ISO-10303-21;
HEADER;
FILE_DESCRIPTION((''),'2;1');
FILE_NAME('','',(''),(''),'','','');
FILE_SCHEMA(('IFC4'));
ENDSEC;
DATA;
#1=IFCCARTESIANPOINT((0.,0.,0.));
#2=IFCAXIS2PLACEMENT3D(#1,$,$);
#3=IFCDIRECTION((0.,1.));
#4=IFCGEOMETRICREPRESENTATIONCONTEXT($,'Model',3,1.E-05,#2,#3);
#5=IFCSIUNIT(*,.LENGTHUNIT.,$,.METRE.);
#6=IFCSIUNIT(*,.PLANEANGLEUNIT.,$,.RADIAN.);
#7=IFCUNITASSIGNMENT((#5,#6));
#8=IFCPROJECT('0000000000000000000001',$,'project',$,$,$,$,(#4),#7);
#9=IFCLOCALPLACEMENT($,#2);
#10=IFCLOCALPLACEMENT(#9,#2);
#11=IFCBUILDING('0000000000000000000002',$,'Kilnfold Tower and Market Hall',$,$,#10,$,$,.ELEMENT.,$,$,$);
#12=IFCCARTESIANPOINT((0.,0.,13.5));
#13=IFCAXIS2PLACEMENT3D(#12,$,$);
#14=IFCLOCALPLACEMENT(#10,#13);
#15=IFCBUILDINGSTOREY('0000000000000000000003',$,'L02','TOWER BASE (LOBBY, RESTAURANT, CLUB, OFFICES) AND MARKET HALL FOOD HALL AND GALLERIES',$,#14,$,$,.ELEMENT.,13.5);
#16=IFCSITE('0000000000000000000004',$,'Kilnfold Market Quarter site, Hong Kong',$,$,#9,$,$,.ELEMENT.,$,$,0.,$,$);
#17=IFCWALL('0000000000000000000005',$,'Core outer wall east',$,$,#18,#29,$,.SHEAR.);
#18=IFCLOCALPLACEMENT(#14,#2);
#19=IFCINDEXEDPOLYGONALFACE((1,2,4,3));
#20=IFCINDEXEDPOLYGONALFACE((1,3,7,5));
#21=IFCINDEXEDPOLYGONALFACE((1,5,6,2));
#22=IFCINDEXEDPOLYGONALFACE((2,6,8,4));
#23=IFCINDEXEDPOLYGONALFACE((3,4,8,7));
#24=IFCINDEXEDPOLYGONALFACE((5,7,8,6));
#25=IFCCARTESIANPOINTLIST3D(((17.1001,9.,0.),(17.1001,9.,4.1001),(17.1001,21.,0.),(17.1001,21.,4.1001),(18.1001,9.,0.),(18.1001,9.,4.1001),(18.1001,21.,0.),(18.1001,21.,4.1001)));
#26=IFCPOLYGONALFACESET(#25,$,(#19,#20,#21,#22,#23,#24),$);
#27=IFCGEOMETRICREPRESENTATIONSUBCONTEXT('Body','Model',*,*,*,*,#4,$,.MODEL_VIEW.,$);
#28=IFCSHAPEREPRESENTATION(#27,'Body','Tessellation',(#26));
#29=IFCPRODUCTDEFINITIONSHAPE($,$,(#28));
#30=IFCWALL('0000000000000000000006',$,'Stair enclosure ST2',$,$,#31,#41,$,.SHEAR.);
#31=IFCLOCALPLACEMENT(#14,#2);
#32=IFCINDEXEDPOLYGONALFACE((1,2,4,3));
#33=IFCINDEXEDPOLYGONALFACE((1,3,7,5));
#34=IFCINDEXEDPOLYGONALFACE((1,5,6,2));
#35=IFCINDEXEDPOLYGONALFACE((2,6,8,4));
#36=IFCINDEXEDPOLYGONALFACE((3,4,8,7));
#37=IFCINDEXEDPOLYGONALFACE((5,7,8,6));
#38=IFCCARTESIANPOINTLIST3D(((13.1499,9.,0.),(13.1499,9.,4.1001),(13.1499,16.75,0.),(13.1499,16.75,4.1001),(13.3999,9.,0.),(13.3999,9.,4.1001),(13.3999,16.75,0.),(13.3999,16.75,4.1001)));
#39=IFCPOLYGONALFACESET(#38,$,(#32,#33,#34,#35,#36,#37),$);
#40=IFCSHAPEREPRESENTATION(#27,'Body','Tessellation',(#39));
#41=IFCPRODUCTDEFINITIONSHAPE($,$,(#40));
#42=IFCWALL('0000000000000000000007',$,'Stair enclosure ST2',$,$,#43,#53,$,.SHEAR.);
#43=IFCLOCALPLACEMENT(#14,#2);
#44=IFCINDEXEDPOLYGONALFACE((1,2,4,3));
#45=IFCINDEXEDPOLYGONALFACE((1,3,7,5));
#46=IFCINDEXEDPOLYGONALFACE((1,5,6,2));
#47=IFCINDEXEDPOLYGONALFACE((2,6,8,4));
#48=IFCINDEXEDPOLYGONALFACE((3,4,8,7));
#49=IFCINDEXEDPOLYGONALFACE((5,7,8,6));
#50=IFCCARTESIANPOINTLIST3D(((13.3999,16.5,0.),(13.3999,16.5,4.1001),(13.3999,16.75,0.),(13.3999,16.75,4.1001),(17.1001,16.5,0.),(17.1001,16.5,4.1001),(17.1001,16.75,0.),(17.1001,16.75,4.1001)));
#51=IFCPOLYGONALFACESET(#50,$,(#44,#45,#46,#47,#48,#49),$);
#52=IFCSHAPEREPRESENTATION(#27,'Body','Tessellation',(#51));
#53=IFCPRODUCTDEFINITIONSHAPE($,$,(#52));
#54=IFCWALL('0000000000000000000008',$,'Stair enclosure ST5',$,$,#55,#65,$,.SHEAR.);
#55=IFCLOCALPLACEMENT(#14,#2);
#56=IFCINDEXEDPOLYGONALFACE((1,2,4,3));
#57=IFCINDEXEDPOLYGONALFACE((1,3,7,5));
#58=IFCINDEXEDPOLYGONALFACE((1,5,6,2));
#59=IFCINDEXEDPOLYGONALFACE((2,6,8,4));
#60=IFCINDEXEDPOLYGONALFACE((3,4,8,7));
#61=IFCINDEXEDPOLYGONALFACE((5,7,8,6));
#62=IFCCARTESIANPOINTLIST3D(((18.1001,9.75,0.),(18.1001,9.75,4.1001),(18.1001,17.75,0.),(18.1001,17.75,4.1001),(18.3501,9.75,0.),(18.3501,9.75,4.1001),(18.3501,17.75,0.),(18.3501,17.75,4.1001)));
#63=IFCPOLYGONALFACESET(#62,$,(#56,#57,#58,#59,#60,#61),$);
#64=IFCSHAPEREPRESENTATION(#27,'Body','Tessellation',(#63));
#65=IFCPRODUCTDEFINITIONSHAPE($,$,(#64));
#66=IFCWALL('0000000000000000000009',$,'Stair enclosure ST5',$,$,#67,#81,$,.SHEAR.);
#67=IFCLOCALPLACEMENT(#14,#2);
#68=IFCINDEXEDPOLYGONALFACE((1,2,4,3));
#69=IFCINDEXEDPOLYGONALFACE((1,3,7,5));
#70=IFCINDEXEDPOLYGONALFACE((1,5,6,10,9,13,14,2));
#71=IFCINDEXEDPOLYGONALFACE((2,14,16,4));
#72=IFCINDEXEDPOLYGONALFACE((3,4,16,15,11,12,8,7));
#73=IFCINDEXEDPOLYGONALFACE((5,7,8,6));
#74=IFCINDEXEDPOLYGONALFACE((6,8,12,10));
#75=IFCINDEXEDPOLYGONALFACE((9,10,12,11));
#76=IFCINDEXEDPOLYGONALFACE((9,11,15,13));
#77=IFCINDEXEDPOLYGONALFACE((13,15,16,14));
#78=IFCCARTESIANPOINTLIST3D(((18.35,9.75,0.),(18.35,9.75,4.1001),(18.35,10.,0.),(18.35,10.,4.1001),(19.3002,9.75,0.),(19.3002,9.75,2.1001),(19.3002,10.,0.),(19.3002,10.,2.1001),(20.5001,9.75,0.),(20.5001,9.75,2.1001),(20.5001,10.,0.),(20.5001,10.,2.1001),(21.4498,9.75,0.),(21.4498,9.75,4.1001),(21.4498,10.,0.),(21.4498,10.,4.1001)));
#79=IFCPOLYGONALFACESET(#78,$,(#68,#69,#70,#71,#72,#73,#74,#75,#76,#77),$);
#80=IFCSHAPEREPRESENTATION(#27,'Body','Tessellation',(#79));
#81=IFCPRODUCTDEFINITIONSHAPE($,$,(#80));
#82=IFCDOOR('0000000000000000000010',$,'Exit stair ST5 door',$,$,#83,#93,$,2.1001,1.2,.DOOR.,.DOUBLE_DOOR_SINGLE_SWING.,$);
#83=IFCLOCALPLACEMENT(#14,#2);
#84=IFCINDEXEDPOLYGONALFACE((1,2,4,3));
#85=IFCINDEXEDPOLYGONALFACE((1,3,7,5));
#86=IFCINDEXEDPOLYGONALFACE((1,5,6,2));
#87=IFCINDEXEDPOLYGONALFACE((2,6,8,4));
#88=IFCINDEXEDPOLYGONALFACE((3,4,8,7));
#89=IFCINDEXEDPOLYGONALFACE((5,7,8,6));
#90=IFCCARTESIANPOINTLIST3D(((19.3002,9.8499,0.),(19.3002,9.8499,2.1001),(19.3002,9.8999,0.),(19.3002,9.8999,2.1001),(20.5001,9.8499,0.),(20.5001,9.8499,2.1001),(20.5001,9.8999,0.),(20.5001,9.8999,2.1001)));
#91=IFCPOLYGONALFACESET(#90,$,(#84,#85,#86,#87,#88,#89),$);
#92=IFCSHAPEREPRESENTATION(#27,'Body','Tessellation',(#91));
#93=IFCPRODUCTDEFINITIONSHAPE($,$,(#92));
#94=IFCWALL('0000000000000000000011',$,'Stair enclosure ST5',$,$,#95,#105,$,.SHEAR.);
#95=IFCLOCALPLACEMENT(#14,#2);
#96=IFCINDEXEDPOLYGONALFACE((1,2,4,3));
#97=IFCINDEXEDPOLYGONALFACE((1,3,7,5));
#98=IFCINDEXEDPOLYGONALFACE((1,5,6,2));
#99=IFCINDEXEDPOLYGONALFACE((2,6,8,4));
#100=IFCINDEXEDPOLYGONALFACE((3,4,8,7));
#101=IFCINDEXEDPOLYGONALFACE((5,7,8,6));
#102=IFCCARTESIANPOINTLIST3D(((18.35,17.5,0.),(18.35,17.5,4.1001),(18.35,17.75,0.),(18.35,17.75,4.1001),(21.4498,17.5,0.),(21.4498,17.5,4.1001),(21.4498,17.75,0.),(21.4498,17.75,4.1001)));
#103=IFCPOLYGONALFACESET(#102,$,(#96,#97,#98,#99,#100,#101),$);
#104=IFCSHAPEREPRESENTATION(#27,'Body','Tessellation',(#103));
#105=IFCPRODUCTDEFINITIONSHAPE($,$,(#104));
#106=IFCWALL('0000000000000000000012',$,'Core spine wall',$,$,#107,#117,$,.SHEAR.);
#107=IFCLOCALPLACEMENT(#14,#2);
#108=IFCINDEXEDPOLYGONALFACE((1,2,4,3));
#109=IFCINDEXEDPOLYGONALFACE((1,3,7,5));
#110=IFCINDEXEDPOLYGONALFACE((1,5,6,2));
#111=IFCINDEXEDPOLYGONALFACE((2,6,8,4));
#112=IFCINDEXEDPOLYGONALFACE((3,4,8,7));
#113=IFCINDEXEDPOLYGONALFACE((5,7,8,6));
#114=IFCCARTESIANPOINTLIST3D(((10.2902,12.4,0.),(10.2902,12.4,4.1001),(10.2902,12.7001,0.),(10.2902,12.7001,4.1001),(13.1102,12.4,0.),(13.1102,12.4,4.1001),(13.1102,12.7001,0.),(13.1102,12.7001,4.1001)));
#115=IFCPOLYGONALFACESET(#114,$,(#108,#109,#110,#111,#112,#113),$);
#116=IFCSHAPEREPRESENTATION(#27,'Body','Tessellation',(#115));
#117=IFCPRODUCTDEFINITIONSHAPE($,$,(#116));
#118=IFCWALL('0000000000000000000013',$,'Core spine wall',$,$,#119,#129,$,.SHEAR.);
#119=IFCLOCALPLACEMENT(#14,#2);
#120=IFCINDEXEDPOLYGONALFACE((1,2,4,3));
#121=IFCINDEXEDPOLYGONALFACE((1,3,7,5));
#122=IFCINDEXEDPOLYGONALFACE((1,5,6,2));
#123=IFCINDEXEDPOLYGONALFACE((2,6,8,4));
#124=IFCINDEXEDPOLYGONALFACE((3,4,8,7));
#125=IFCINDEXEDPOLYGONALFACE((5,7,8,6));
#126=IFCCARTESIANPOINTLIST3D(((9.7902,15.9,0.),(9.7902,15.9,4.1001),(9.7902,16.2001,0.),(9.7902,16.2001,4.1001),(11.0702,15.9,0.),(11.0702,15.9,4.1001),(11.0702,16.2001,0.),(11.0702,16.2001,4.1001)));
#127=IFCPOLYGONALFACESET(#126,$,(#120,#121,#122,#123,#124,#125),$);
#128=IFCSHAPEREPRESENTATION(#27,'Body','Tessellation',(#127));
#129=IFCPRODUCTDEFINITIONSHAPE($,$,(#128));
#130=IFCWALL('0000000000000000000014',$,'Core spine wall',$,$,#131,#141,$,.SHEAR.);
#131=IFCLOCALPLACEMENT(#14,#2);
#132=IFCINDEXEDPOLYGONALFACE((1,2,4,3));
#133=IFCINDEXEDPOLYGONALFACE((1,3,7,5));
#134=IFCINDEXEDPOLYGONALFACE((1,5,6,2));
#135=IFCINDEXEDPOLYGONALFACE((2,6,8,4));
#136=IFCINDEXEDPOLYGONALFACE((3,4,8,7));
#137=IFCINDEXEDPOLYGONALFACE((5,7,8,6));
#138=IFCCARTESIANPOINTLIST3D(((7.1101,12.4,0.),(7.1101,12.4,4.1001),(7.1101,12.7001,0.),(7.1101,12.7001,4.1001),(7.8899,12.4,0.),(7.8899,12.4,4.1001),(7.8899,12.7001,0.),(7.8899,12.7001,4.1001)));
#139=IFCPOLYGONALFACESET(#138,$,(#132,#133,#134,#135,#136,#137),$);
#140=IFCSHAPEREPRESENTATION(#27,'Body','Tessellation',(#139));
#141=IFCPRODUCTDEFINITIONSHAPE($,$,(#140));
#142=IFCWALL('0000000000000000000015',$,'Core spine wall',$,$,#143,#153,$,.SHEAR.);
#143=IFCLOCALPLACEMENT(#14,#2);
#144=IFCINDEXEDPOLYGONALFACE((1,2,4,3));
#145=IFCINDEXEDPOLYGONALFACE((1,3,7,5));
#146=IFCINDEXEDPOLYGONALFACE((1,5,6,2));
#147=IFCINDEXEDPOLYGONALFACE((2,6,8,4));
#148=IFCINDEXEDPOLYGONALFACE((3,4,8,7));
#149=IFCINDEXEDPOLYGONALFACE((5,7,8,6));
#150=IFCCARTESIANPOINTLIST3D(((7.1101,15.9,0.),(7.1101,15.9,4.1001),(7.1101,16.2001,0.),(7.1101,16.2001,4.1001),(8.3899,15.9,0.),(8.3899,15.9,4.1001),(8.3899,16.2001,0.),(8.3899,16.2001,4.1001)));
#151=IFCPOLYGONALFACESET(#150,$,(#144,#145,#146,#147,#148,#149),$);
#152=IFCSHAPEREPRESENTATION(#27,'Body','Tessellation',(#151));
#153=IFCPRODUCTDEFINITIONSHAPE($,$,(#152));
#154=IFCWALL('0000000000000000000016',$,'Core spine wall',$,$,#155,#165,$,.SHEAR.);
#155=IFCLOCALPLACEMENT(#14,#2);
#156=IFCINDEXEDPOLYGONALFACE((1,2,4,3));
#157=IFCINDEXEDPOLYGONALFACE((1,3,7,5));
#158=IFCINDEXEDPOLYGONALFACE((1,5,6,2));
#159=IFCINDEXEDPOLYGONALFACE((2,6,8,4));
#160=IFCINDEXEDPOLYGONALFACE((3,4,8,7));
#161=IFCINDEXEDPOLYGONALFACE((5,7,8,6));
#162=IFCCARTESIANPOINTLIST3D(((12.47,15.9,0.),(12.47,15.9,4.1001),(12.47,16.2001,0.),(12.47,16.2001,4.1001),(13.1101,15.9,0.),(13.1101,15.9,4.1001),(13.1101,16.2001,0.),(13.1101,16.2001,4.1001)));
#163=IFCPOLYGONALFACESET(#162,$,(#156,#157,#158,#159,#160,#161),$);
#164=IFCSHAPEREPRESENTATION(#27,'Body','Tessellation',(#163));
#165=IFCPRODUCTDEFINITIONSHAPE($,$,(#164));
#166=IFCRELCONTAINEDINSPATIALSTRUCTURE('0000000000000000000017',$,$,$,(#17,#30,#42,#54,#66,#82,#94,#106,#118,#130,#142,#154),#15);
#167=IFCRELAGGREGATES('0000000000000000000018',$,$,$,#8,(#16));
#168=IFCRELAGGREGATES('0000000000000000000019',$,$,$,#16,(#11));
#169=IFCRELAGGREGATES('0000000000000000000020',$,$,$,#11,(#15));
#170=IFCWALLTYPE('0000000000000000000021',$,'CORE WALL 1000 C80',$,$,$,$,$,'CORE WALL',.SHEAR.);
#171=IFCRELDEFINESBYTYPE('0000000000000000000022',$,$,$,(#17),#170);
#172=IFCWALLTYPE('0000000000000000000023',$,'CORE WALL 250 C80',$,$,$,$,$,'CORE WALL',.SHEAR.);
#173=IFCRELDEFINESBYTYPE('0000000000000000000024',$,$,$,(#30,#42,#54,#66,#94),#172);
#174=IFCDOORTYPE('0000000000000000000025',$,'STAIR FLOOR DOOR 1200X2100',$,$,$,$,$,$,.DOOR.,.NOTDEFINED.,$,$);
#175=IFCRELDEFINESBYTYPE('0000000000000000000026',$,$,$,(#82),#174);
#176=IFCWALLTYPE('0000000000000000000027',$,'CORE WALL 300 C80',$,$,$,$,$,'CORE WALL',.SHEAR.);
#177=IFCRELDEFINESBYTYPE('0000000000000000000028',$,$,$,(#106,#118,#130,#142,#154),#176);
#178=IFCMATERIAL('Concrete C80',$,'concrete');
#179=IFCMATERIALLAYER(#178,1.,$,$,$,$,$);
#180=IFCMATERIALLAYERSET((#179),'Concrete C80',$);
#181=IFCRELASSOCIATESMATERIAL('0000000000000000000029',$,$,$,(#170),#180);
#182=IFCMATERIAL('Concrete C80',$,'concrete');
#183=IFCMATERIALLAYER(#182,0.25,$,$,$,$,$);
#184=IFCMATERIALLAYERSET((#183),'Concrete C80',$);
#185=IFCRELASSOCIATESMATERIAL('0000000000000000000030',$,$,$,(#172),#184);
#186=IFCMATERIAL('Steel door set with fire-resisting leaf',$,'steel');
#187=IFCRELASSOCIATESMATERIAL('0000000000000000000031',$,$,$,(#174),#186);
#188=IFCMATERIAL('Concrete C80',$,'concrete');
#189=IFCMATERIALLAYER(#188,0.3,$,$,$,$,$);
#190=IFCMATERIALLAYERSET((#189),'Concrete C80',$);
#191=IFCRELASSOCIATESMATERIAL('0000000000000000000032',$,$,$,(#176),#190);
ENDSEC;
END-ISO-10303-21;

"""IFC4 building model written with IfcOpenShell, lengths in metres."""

from ifc_helpers import new_model, si_unit, direction, frame, frame_2d, origin, place, context, subcontext, project, spatial, rectangle, extrude, source, transform, mapped, material, layer, layer_set, type_object, element, fill, save


model = new_model("IFC4")

# Units and contexts
model_context = context("Model", 3, precision=1e-05, world=origin(), true_north=direction((0.0, 1.0)))
body_context = subcontext(model_context, "Body", "Model", "MODEL_VIEW")
ifc_project = project(units=[si_unit("LENGTHUNIT", "METRE"), si_unit("PLANEANGLEUNIT", "RADIAN")], contexts=[model_context])

# Site, building, storey
site_placement = place(None, origin())
site = spatial("IfcSite", under=ifc_project, at=site_placement, Name="Kilnfold Market Quarter site, Hong Kong", CompositionType="ELEMENT", RefElevation=0.0)
building_placement = place(site_placement, origin())
building = spatial("IfcBuilding", under=site, at=building_placement, Name="Kilnfold Tower and Market Hall", CompositionType="ELEMENT")
storey_placement = place(building_placement, frame((0.0, 0.0, 13.5)))
storey = spatial("IfcBuildingStorey", under=building, at=storey_placement, Name="L02", Description="TOWER BASE (LOBBY, RESTAURANT, CLUB, OFFICES) AND MARKET HALL FOOD HALL AND GALLERIES", CompositionType="ELEMENT", Elevation=13.5)

# Walls
ifc_material_1 = material(Name="Concrete C80", Category="concrete")
ifc_layer_1 = layer(ifc_material_1, 1.0)
ifc_layer_set_1 = layer_set([ifc_layer_1], Name="Concrete C80")
wall_type_1 = type_object("IfcWallType", Name="CORE WALL 1000 C80", ElementType="CORE WALL", PredefinedType="SHEAR", material=ifc_layer_set_1)
shared_shape_1 = source(origin(), body_context, "Body", "SweptSolid", [
    extrude(rectangle(XDim=12.0, YDim=1.0, at=frame_2d((6.0, 0.0))), origin(), (0.0, 0.0, 1.0), 4.1001),
])
wall_1_placement = place(storey_placement, frame((17.6001, 9.0, 0.0), z_axis=(0.0, 0.0, 1.0), x_axis=(0.0, 1.0, 0.0)))
element("IfcWall", 1, at=wall_1_placement, inside=storey, type_object=wall_type_1, Name="Core outer wall east", PredefinedType="SHEAR", context=body_context, shape_type="MappedRepresentation", body=[
    mapped(shared_shape_1, transform((0.0, 0.0, 0.0))),
])
ifc_material_2 = material(Name="Concrete C80", Category="concrete")
ifc_layer_2 = layer(ifc_material_2, 0.25)
ifc_layer_set_2 = layer_set([ifc_layer_2], Name="Concrete C80")
wall_type_2 = type_object("IfcWallType", Name="CORE WALL 250 C80", ElementType="CORE WALL", PredefinedType="SHEAR", material=ifc_layer_set_2)
shared_shape_2 = source(origin(), body_context, "Body", "SweptSolid", [
    extrude(rectangle(XDim=7.75, YDim=0.25, at=frame_2d((3.875, 0.0))), origin(), (0.0, 0.0, 1.0), 4.1001),
])
wall_2_placement = place(storey_placement, frame((13.2749, 9.0, 0.0), z_axis=(0.0, 0.0, 1.0), x_axis=(0.0, 1.0, 0.0)))
element("IfcWall", 2, at=wall_2_placement, inside=storey, type_object=wall_type_2, Name="Stair enclosure ST2", PredefinedType="SHEAR", context=body_context, shape_type="MappedRepresentation", body=[
    mapped(shared_shape_2, transform((0.0, 0.0, 0.0))),
])
shared_shape_3 = source(origin(), body_context, "Body", "SweptSolid", [
    extrude(rectangle(XDim=3.7002, YDim=0.25, at=frame_2d((1.8501, 0.0))), origin(), (0.0, 0.0, 1.0), 4.1001),
])
wall_3_placement = place(storey_placement, frame((13.3999, 16.625, 0.0), z_axis=(0.0, 0.0, 1.0), x_axis=(1.0, 0.0, 0.0)))
element("IfcWall", 3, at=wall_3_placement, inside=storey, type_object=wall_type_2, Name="Stair enclosure ST2", PredefinedType="SHEAR", context=body_context, shape_type="MappedRepresentation", body=[
    mapped(shared_shape_3, transform((0.0, 0.0, 0.0))),
])
shared_shape_4 = source(origin(), body_context, "Body", "SweptSolid", [
    extrude(rectangle(XDim=8.0, YDim=0.25, at=frame_2d((4.0, 0.0))), origin(), (0.0, 0.0, 1.0), 4.1001),
])
wall_4_placement = place(storey_placement, frame((18.2251, 9.75, 0.0), z_axis=(0.0, 0.0, 1.0), x_axis=(0.0, 1.0, 0.0)))
element("IfcWall", 4, at=wall_4_placement, inside=storey, type_object=wall_type_2, Name="Stair enclosure ST5", PredefinedType="SHEAR", context=body_context, shape_type="MappedRepresentation", body=[
    mapped(shared_shape_4, transform((0.0, 0.0, 0.0))),
])

# Wall, opening, door
shared_shape_5 = source(origin(), body_context, "Body", "SweptSolid", [
    extrude(rectangle(XDim=3.0999, YDim=0.25, at=frame_2d((1.5498, 0.0))), origin(), (0.0, 0.0, 1.0), 4.1001),
])
wall_5_placement = place(storey_placement, frame((18.3501, 9.875, 0.0), z_axis=(0.0, 0.0, 1.0), x_axis=(1.0, 0.0, 0.0)))
wall_5 = element("IfcWall", 5, at=wall_5_placement, inside=storey, type_object=wall_type_2, Name="Stair enclosure ST5", PredefinedType="SHEAR", context=body_context, shape_type="MappedRepresentation", body=[
    mapped(shared_shape_5, transform((0.0, 0.0, 0.0))),
])
opening_1_placement = place(wall_5_placement, frame((0.95, 0.0, 0.0)))
opening_1 = element("IfcOpeningElement", 6, at=opening_1_placement, cuts=wall_5, PredefinedType="OPENING", context=body_context, shape_type="SweptSolid", body=[
    extrude(rectangle(XDim=1.2, YDim=2.1001, at=frame_2d((0.6001, 1.05))), frame((0.0, 0.135, 0.0), z_axis=(0.0, -1.0, 0.0), x_axis=(1.0, 0.0, 0.0)), (0.0, 0.0, 1.0), 0.27),
])
ifc_material_3 = material(Name="Steel door set with fire-resisting leaf", Category="steel")
door_type_1 = type_object("IfcDoorType", Name="STAIR FLOOR DOOR 1200X2100", OperationType="NOTDEFINED", PredefinedType="DOOR", material=ifc_material_3)
door_1_placement = place(opening_1_placement, origin())
door_1 = element("IfcDoor", 7, at=door_1_placement, inside=storey, type_object=door_type_1, Name="Exit stair ST5 door", OperationType="DOUBLE_DOOR_SINGLE_SWING", OverallHeight=2.1001, OverallWidth=1.2, PredefinedType="DOOR", context=body_context, shape_type="SweptSolid", body=[
    extrude(rectangle(XDim=1.2, YDim=2.1001, at=frame_2d((0.6001, 1.05))), frame((0.0, 0.0249, 0.0), z_axis=(0.0, -1.0, 0.0), x_axis=(1.0, 0.0, 0.0)), (0.0, 0.0, 1.0), 0.05),
])
fill(opening_1, door_1)

# Walls
wall_6_placement = place(storey_placement, frame((18.3501, 17.625, 0.0), z_axis=(0.0, 0.0, 1.0), x_axis=(1.0, 0.0, 0.0)))
element("IfcWall", 8, at=wall_6_placement, inside=storey, type_object=wall_type_2, Name="Stair enclosure ST5", PredefinedType="SHEAR", context=body_context, shape_type="MappedRepresentation", body=[
    mapped(shared_shape_5, transform((0.0, 0.0, 0.0))),
])
ifc_material_4 = material(Name="Concrete C80", Category="concrete")
ifc_layer_3 = layer(ifc_material_4, 0.3)
ifc_layer_set_3 = layer_set([ifc_layer_3], Name="Concrete C80")
wall_type_3 = type_object("IfcWallType", Name="CORE WALL 300 C80", ElementType="CORE WALL", PredefinedType="SHEAR", material=ifc_layer_set_3)
shared_shape_6 = source(origin(), body_context, "Body", "SweptSolid", [
    extrude(rectangle(XDim=2.8201, YDim=0.3, at=frame_2d((1.4102, 0.0))), origin(), (0.0, 0.0, 1.0), 4.1001),
])
wall_7_placement = place(storey_placement, frame((10.29, 12.55, 0.0), z_axis=(0.0, 0.0, 1.0), x_axis=(1.0, 0.0, 0.0)))
element("IfcWall", 9, at=wall_7_placement, inside=storey, type_object=wall_type_3, Name="Core spine wall", PredefinedType="SHEAR", context=body_context, shape_type="MappedRepresentation", body=[
    mapped(shared_shape_6, transform((0.0, 0.0, 0.0))),
])
shared_shape_7 = source(origin(), body_context, "Body", "SweptSolid", [
    extrude(rectangle(XDim=1.28, YDim=0.3, at=frame_2d((0.6401, 0.0))), origin(), (0.0, 0.0, 1.0), 4.1001),
])
wall_8_placement = place(storey_placement, frame((9.79, 16.05, 0.0), z_axis=(0.0, 0.0, 1.0), x_axis=(1.0, 0.0, 0.0)))
element("IfcWall", 10, at=wall_8_placement, inside=storey, type_object=wall_type_3, Name="Core spine wall", PredefinedType="SHEAR", context=body_context, shape_type="MappedRepresentation", body=[
    mapped(shared_shape_7, transform((0.0, 0.0, 0.0))),
])
shared_shape_8 = source(origin(), body_context, "Body", "SweptSolid", [
    extrude(rectangle(XDim=0.7798, YDim=0.3, at=frame_2d((0.3899, 0.0))), origin(), (0.0, 0.0, 1.0), 4.1001),
])
wall_9_placement = place(storey_placement, frame((7.1101, 12.55, 0.0), z_axis=(0.0, 0.0, 1.0), x_axis=(1.0, 0.0, 0.0)))
element("IfcWall", 11, at=wall_9_placement, inside=storey, type_object=wall_type_3, Name="Core spine wall", PredefinedType="SHEAR", context=body_context, shape_type="MappedRepresentation", body=[
    mapped(shared_shape_8, transform((0.0, 0.0, 0.0))),
])
shared_shape_9 = source(origin(), body_context, "Body", "SweptSolid", [
    extrude(rectangle(XDim=1.2798, YDim=0.3, at=frame_2d((0.6399, 0.0))), origin(), (0.0, 0.0, 1.0), 4.1001),
])
wall_10_placement = place(storey_placement, frame((7.1101, 16.05, 0.0), z_axis=(0.0, 0.0, 1.0), x_axis=(1.0, 0.0, 0.0)))
element("IfcWall", 12, at=wall_10_placement, inside=storey, type_object=wall_type_3, Name="Core spine wall", PredefinedType="SHEAR", context=body_context, shape_type="MappedRepresentation", body=[
    mapped(shared_shape_9, transform((0.0, 0.0, 0.0))),
])
shared_shape_10 = source(origin(), body_context, "Body", "SweptSolid", [
    extrude(rectangle(XDim=0.6401, YDim=0.3, at=frame_2d((0.3201, 0.0))), origin(), (0.0, 0.0, 1.0), 4.1001),
])
wall_11_placement = place(storey_placement, frame((12.47, 16.05, 0.0), z_axis=(0.0, 0.0, 1.0), x_axis=(1.0, 0.0, 0.0)))
element("IfcWall", 13, at=wall_11_placement, inside=storey, type_object=wall_type_3, Name="Core spine wall", PredefinedType="SHEAR", context=body_context, shape_type="MappedRepresentation", body=[
    mapped(shared_shape_10, transform((0.0, 0.0, 0.0))),
])

save(model, "model.ifc")
